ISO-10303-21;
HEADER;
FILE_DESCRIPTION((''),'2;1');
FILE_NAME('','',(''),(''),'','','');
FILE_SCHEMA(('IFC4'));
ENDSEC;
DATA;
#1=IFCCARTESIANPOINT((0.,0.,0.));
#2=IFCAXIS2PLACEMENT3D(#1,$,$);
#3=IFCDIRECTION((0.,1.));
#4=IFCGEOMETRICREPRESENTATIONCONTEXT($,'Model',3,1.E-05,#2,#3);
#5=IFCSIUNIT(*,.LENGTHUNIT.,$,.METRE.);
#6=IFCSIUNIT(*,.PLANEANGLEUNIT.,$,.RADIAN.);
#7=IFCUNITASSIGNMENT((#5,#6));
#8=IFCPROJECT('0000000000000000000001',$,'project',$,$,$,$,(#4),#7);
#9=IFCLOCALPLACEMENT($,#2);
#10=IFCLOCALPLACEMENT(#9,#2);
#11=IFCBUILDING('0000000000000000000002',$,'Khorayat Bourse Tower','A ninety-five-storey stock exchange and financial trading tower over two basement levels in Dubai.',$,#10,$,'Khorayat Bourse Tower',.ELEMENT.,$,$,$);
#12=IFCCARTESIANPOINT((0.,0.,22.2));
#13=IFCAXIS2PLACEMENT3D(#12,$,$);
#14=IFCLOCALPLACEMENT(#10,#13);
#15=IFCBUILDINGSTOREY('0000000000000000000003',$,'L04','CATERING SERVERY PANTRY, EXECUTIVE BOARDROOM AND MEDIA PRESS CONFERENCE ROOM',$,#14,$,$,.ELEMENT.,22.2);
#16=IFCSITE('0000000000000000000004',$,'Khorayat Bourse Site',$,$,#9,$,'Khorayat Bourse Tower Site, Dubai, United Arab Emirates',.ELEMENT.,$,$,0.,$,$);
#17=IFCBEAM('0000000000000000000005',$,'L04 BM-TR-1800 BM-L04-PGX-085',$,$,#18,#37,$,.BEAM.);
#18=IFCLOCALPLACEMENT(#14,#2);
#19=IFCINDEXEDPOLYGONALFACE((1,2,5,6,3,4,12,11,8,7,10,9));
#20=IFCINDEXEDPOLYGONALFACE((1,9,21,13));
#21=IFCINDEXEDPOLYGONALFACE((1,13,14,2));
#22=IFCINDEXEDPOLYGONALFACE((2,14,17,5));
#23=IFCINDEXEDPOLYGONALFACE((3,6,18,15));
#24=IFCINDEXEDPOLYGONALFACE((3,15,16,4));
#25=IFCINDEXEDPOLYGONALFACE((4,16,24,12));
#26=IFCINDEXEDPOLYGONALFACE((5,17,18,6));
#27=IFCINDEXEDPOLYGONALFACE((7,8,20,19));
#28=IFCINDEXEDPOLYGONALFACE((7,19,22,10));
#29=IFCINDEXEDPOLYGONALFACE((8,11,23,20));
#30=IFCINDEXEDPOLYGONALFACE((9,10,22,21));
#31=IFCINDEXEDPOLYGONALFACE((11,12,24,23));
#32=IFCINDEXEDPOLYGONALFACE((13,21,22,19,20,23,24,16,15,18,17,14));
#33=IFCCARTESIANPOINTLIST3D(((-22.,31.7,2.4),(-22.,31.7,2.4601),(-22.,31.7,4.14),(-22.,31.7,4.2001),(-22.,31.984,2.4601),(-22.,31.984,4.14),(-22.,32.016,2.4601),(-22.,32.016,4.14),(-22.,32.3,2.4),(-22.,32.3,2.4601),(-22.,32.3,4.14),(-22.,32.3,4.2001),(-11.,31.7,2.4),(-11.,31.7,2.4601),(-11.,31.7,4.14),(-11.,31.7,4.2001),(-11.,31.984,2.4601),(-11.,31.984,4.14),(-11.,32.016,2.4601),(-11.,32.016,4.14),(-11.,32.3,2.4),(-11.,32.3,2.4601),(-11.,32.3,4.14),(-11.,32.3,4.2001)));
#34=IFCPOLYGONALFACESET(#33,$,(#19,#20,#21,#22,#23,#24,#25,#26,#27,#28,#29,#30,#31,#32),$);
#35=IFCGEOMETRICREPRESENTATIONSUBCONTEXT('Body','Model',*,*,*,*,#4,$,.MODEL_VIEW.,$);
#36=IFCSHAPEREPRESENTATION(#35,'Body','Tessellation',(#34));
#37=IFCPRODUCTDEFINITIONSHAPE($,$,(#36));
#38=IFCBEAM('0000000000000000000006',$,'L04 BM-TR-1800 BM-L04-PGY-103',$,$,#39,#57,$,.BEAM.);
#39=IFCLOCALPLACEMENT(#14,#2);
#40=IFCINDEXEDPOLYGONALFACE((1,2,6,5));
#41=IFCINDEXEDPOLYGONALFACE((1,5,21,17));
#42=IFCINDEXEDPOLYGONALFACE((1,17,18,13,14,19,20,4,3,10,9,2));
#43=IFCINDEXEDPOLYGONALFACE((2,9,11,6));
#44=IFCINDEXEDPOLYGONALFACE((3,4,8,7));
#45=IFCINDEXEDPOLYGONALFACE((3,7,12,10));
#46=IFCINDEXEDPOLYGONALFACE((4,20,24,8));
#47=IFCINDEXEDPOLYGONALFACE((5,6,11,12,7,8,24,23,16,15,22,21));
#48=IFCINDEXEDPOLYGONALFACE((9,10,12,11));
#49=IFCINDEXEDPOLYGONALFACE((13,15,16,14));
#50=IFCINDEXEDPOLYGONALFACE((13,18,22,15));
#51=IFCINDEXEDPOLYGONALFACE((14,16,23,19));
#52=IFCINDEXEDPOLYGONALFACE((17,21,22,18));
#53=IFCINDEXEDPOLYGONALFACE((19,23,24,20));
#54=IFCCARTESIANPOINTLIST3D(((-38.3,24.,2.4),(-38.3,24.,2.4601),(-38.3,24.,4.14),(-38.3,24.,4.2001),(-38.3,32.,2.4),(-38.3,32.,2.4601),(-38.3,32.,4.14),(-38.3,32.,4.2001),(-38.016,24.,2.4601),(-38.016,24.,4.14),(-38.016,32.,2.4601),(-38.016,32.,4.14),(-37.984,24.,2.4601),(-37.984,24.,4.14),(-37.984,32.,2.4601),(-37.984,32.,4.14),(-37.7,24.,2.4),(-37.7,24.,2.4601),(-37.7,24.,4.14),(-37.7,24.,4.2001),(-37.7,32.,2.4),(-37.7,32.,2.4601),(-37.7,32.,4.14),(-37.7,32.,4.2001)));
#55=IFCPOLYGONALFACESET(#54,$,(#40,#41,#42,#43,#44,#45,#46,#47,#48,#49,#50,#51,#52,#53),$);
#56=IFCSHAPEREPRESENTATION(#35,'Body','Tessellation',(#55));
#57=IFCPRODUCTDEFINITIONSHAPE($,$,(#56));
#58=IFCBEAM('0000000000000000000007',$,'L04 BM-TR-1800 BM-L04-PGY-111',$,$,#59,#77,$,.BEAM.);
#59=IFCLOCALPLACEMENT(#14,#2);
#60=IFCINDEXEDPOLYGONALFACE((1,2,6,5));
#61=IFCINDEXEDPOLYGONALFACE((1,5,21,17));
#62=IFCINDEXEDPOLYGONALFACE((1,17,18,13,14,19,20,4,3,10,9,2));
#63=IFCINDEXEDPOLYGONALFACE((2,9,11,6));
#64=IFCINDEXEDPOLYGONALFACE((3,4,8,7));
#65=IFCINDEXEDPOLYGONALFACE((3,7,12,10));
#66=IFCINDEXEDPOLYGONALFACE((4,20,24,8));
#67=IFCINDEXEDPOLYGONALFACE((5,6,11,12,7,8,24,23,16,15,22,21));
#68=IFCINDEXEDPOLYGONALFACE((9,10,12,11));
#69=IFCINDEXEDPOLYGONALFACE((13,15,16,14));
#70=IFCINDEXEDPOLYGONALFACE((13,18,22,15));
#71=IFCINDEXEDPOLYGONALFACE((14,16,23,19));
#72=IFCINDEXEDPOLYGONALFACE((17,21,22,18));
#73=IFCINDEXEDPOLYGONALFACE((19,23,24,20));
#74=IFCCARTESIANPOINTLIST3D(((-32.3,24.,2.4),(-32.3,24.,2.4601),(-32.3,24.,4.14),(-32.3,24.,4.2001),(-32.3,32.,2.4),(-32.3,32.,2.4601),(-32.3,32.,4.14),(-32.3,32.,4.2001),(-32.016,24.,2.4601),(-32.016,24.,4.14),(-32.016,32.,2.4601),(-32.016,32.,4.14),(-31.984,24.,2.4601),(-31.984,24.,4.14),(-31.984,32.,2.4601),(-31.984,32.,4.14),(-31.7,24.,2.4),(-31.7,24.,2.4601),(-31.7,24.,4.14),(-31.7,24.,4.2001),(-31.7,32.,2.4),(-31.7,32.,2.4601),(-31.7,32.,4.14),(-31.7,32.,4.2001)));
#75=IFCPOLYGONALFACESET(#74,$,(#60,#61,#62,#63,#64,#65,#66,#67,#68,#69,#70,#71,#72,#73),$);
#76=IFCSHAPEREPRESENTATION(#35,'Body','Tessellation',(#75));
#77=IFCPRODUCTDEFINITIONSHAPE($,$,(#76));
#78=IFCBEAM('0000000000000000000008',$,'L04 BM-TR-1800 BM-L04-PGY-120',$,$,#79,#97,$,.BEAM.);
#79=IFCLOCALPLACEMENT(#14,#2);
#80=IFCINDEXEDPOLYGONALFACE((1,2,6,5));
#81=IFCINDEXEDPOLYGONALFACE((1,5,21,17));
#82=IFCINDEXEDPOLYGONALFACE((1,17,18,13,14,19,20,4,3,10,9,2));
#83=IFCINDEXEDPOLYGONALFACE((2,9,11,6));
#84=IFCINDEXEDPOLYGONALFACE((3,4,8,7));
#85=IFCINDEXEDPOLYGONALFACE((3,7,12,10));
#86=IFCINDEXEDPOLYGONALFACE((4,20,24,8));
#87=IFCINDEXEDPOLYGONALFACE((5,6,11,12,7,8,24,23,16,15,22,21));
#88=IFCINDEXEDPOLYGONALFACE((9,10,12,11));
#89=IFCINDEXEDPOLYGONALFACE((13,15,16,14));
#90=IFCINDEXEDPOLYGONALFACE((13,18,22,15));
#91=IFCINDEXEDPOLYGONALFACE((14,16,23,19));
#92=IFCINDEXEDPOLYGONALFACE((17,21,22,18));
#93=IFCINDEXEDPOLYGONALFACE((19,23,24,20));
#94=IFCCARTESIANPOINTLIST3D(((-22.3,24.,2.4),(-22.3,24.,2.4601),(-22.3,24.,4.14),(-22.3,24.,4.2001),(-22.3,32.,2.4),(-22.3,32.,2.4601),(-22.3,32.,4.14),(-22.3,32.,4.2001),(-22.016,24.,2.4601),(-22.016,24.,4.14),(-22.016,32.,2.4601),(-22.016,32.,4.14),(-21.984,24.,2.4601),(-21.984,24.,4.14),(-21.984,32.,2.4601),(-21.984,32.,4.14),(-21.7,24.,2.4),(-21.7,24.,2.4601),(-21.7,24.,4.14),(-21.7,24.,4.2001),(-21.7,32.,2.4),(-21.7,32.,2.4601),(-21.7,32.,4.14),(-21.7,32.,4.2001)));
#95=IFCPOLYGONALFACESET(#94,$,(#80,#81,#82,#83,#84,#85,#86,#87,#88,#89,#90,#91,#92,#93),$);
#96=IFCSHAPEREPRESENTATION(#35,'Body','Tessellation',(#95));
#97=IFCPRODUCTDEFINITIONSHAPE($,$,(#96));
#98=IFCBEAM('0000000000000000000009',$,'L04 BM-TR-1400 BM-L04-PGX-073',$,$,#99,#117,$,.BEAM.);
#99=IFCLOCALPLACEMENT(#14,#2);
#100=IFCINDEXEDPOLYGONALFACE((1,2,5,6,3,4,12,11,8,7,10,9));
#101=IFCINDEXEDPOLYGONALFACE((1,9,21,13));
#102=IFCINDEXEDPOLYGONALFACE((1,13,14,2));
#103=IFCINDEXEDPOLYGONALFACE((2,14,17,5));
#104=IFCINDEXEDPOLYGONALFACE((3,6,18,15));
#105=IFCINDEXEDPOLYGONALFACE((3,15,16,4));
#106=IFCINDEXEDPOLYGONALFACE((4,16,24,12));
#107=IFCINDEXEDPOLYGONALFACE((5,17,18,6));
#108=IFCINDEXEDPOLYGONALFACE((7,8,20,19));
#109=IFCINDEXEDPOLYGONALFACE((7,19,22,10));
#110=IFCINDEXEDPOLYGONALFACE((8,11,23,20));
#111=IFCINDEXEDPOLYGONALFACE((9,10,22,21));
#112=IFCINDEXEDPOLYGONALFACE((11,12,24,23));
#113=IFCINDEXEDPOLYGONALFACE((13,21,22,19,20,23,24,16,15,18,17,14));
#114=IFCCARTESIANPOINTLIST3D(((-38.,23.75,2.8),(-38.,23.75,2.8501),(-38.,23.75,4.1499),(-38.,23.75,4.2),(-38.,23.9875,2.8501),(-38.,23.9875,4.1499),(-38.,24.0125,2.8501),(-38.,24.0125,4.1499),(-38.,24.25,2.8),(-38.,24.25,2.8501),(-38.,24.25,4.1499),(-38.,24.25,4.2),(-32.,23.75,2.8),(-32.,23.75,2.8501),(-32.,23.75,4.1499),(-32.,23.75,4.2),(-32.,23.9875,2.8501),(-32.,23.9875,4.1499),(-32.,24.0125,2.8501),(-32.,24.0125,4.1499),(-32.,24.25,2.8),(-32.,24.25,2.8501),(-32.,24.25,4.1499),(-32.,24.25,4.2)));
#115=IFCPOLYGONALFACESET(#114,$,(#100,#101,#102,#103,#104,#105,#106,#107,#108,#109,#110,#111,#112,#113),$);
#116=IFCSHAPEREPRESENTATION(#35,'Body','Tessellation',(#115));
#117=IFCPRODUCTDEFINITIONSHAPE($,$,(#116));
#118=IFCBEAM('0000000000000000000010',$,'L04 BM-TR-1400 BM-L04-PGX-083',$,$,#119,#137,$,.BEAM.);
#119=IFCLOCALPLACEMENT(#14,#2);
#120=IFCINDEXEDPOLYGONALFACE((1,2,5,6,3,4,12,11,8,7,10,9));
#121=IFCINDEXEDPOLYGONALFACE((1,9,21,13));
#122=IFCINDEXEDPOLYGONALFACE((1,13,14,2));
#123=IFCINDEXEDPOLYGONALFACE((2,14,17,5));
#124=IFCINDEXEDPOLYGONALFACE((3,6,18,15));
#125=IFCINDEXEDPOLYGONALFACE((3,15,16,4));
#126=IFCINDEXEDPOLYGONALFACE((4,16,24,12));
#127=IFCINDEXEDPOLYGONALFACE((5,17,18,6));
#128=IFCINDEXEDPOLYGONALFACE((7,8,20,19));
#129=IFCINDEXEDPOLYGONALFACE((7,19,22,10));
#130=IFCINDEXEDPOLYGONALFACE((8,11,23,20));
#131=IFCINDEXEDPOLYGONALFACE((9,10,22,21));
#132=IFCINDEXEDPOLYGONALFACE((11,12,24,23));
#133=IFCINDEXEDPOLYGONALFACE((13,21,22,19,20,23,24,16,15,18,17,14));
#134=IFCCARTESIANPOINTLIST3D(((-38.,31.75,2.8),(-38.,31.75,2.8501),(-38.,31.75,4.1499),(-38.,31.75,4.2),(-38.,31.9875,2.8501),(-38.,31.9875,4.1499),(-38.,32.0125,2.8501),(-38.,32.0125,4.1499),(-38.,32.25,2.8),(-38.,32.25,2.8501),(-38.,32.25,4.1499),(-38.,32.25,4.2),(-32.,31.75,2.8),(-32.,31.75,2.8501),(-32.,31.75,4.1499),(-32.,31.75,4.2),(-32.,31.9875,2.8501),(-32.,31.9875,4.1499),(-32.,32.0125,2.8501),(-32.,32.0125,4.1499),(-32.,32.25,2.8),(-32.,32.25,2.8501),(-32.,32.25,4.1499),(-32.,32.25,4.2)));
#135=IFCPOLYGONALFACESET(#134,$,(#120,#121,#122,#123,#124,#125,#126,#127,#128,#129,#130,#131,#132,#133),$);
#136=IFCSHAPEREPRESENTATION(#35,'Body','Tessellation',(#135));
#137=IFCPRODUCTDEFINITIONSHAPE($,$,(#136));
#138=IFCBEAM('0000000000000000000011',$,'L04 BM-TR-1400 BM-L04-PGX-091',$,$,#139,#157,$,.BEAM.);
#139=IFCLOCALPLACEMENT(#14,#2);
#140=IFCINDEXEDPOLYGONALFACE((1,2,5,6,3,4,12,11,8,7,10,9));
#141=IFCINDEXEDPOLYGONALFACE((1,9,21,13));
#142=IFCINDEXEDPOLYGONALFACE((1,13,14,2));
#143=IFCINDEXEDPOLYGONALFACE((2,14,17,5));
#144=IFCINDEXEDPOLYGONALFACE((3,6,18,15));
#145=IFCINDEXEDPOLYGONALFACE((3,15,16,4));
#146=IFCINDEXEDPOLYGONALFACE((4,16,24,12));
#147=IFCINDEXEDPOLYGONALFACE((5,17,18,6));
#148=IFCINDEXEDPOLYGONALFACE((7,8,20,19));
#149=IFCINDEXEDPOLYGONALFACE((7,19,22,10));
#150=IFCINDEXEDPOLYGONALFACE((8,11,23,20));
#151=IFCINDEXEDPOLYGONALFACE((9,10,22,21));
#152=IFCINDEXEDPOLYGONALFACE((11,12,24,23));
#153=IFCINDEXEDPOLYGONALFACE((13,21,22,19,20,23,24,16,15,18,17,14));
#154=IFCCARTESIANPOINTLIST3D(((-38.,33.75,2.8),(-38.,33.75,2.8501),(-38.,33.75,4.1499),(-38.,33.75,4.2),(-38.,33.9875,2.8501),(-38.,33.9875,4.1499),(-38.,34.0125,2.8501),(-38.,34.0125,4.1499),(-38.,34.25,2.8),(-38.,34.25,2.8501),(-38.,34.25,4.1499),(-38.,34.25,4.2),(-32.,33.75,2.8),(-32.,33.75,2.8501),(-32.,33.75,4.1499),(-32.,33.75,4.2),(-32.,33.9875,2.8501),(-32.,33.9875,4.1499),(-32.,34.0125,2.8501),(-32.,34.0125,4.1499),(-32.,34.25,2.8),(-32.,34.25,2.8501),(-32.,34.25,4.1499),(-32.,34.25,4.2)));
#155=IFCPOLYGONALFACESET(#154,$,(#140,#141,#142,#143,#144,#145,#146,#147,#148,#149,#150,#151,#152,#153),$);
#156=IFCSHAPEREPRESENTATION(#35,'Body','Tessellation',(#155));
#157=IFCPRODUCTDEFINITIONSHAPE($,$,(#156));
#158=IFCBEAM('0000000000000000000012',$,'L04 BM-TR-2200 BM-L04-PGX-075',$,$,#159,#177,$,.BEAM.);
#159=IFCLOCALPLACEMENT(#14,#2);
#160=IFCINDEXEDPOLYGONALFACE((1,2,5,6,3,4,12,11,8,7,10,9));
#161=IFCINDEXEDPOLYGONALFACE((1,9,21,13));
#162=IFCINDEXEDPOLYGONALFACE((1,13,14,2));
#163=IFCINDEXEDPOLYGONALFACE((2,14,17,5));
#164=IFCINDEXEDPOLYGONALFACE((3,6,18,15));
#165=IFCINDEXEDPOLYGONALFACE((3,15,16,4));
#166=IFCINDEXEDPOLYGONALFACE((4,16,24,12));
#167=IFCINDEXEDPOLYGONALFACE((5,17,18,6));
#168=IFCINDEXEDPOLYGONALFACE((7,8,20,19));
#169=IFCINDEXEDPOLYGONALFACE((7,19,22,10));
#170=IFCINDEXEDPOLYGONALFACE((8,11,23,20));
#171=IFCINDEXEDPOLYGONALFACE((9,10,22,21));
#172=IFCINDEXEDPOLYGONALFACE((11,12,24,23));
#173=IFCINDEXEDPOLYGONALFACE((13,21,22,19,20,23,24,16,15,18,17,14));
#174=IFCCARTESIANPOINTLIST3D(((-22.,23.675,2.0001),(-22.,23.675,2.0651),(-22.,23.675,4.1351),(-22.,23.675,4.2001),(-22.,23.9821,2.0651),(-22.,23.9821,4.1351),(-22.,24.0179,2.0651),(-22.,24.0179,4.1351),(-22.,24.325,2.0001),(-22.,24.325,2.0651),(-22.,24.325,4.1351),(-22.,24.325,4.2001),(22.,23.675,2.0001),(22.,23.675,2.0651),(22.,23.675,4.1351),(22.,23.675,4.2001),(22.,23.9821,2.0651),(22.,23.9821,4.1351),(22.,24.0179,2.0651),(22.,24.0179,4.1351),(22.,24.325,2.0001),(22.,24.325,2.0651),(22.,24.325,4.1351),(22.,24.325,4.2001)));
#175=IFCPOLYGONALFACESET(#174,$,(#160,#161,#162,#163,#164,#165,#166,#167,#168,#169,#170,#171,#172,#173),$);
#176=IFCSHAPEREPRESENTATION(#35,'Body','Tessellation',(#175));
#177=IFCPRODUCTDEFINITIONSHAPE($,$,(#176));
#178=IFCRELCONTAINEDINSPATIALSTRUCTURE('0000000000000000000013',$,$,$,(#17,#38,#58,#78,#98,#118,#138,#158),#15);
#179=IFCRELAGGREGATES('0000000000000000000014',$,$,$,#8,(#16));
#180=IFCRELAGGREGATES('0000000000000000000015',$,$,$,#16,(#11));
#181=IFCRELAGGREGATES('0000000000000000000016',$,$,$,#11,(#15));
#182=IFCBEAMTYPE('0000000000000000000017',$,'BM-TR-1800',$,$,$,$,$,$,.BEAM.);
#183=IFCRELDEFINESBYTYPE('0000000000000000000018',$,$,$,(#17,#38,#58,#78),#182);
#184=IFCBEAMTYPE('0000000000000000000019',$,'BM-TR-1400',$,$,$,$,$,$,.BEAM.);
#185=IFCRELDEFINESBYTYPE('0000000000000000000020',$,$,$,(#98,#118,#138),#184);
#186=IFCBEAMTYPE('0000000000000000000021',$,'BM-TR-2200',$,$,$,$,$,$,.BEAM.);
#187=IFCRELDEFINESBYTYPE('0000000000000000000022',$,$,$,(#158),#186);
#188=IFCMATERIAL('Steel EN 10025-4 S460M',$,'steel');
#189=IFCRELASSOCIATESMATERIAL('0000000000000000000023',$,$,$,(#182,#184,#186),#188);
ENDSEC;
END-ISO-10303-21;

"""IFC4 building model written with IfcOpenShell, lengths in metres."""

from ifc_helpers import new_model, si_unit, direction, frame, origin, origin_2d, place, context, subcontext, project, spatial, i_section, extrude, source, transform, mapped, material, material_profile, profile_set, type_object, element, save


model = new_model("IFC4")

# Units and contexts
model_context = context("Model", 3, precision=1e-05, world=origin(), true_north=direction((0.0, 1.0)))
body_context = subcontext(model_context, "Body", "Model", "MODEL_VIEW")
ifc_project = project(units=[si_unit("LENGTHUNIT", "METRE"), si_unit("PLANEANGLEUNIT", "RADIAN")], contexts=[model_context])

# Site, building, storey
site_placement = place(None, origin())
site = spatial("IfcSite", under=ifc_project, at=site_placement, Name="Khorayat Bourse Site", LongName="Khorayat Bourse Tower Site, Dubai, United Arab Emirates", CompositionType="ELEMENT", RefElevation=0.0)
building_placement = place(site_placement, origin())
building = spatial("IfcBuilding", under=site, at=building_placement, Name="Khorayat Bourse Tower", Description="A ninety-five-storey stock exchange and financial trading tower over two basement levels in Dubai.", LongName="Khorayat Bourse Tower", CompositionType="ELEMENT")
storey_placement = place(building_placement, frame((0.0, 0.0, 22.2)))
storey = spatial("IfcBuildingStorey", under=building, at=storey_placement, Name="L04", Description="CATERING SERVERY PANTRY, EXECUTIVE BOARDROOM AND MEDIA PRESS CONFERENCE ROOM", CompositionType="ELEMENT", Elevation=22.2)

# Beams
ifc_material_1 = material(Name="Steel EN 10025-4 S460M", Category="steel")
ifc_material_profile_1 = material_profile(ifc_material_1, i_section(OverallWidth=0.6001, OverallDepth=1.8, WebThickness=0.032, FlangeThickness=0.0601, at=origin_2d()), Name="PG 1800x600x32x60")
ifc_profile_set_1 = profile_set([ifc_material_profile_1], Name="Steel EN 10025-4 S460M")
beam_type_1 = type_object("IfcBeamType", Name="BM-TR-1800", PredefinedType="BEAM", material=ifc_profile_set_1)
shared_shape_1 = source(origin(), body_context, "Body", "SweptSolid", [
    extrude(i_section(OverallWidth=0.6001, OverallDepth=1.8, WebThickness=0.032, FlangeThickness=0.0601, at=origin_2d()), origin(), (0.0, 0.0, 1.0), 11.0),
])
beam_1_placement = place(storey_placement, frame((-22.0, 32.0, 3.3), z_axis=(1.0, 0.0, 0.0), x_axis=(0.0, 1.0, 0.0)))
element("IfcBeam", 1, at=beam_1_placement, inside=storey, type_object=beam_type_1, Name="L04 BM-TR-1800 BM-L04-PGX-085", PredefinedType="BEAM", context=body_context, shape_type="MappedRepresentation", body=[
    mapped(shared_shape_1, transform((0.0, 0.0, 0.0), scale=1.0)),
])
shared_shape_2 = source(origin(), body_context, "Body", "SweptSolid", [
    extrude(i_section(OverallWidth=0.6001, OverallDepth=1.8, WebThickness=0.032, FlangeThickness=0.0601, at=origin_2d()), origin(), (0.0, 0.0, 1.0), 8.0),
])
for number, where, z_axis, x_axis, name in (
    (2, (-38.0, 24.0, 3.3), (0.0, 1.0, 0.0), (-1.0, 0.0, 0.0), "L04 BM-TR-1800 BM-L04-PGY-103"),
    (3, (-32.0, 24.0, 3.3), (0.0, 1.0, 0.0), (-1.0, 0.0, 0.0), "L04 BM-TR-1800 BM-L04-PGY-111"),
    (4, (-22.0, 24.0, 3.3), (0.0, 1.0, 0.0), (-1.0, 0.0, 0.0), "L04 BM-TR-1800 BM-L04-PGY-120"),
):
    element("IfcBeam", number, at=place(storey_placement, frame(where, z_axis=z_axis, x_axis=x_axis)), inside=storey, type_object=beam_type_1, Name=name, PredefinedType="BEAM", context=body_context, shape_type="MappedRepresentation", body=[
        mapped(shared_shape_2, transform((0.0, 0.0, 0.0), scale=1.0)),
    ])
ifc_material_profile_2 = material_profile(ifc_material_1, i_section(OverallWidth=0.5, OverallDepth=1.3999, WebThickness=0.0249, FlangeThickness=0.05, at=origin_2d()), Name="PG 1400x500x25x50")
ifc_profile_set_2 = profile_set([ifc_material_profile_2], Name="Steel EN 10025-4 S460M")
beam_type_2 = type_object("IfcBeamType", Name="BM-TR-1400", PredefinedType="BEAM", material=ifc_profile_set_2)
shared_shape_3 = source(origin(), body_context, "Body", "SweptSolid", [
    extrude(i_section(OverallWidth=0.5, OverallDepth=1.3999, WebThickness=0.0249, FlangeThickness=0.05, at=origin_2d()), origin(), (0.0, 0.0, 1.0), 6.0),
])
for number, where, z_axis, x_axis, name in (
    (5, (-38.0, 24.0, 3.5), (1.0, 0.0, 0.0), (0.0, 1.0, 0.0), "L04 BM-TR-1400 BM-L04-PGX-073"),
    (6, (-38.0, 32.0, 3.5), (1.0, 0.0, 0.0), (0.0, 1.0, 0.0), "L04 BM-TR-1400 BM-L04-PGX-083"),
    (7, (-38.0, 34.0, 3.5), (1.0, 0.0, 0.0), (0.0, 1.0, 0.0), "L04 BM-TR-1400 BM-L04-PGX-091"),
):
    element("IfcBeam", number, at=place(storey_placement, frame(where, z_axis=z_axis, x_axis=x_axis)), inside=storey, type_object=beam_type_2, Name=name, PredefinedType="BEAM", context=body_context, shape_type="MappedRepresentation", body=[
        mapped(shared_shape_3, transform((0.0, 0.0, 0.0), scale=1.0)),
    ])
ifc_material_profile_3 = material_profile(ifc_material_1, i_section(OverallWidth=0.6499, OverallDepth=2.2, WebThickness=0.0359, FlangeThickness=0.0649, at=origin_2d()), Name="PG 2200x650x36x65")
ifc_profile_set_3 = profile_set([ifc_material_profile_3], Name="Steel EN 10025-4 S460M")
beam_type_3 = type_object("IfcBeamType", Name="BM-TR-2200", PredefinedType="BEAM", material=ifc_profile_set_3)
shared_shape_4 = source(origin(), body_context, "Body", "SweptSolid", [
    extrude(i_section(OverallWidth=0.6499, OverallDepth=2.2, WebThickness=0.0359, FlangeThickness=0.0649, at=origin_2d()), origin(), (0.0, 0.0, 1.0), 44.0),
])
beam_2_placement = place(storey_placement, frame((-22.0, 24.0, 3.1001), z_axis=(1.0, 0.0, 0.0), x_axis=(0.0, 1.0, 0.0)))
element("IfcBeam", 8, at=beam_2_placement, inside=storey, type_object=beam_type_3, Name="L04 BM-TR-2200 BM-L04-PGX-075", PredefinedType="BEAM", context=body_context, shape_type="MappedRepresentation", body=[
    mapped(shared_shape_4, transform((0.0, 0.0, 0.0), scale=1.0)),
])

save(model, "model.ifc")
